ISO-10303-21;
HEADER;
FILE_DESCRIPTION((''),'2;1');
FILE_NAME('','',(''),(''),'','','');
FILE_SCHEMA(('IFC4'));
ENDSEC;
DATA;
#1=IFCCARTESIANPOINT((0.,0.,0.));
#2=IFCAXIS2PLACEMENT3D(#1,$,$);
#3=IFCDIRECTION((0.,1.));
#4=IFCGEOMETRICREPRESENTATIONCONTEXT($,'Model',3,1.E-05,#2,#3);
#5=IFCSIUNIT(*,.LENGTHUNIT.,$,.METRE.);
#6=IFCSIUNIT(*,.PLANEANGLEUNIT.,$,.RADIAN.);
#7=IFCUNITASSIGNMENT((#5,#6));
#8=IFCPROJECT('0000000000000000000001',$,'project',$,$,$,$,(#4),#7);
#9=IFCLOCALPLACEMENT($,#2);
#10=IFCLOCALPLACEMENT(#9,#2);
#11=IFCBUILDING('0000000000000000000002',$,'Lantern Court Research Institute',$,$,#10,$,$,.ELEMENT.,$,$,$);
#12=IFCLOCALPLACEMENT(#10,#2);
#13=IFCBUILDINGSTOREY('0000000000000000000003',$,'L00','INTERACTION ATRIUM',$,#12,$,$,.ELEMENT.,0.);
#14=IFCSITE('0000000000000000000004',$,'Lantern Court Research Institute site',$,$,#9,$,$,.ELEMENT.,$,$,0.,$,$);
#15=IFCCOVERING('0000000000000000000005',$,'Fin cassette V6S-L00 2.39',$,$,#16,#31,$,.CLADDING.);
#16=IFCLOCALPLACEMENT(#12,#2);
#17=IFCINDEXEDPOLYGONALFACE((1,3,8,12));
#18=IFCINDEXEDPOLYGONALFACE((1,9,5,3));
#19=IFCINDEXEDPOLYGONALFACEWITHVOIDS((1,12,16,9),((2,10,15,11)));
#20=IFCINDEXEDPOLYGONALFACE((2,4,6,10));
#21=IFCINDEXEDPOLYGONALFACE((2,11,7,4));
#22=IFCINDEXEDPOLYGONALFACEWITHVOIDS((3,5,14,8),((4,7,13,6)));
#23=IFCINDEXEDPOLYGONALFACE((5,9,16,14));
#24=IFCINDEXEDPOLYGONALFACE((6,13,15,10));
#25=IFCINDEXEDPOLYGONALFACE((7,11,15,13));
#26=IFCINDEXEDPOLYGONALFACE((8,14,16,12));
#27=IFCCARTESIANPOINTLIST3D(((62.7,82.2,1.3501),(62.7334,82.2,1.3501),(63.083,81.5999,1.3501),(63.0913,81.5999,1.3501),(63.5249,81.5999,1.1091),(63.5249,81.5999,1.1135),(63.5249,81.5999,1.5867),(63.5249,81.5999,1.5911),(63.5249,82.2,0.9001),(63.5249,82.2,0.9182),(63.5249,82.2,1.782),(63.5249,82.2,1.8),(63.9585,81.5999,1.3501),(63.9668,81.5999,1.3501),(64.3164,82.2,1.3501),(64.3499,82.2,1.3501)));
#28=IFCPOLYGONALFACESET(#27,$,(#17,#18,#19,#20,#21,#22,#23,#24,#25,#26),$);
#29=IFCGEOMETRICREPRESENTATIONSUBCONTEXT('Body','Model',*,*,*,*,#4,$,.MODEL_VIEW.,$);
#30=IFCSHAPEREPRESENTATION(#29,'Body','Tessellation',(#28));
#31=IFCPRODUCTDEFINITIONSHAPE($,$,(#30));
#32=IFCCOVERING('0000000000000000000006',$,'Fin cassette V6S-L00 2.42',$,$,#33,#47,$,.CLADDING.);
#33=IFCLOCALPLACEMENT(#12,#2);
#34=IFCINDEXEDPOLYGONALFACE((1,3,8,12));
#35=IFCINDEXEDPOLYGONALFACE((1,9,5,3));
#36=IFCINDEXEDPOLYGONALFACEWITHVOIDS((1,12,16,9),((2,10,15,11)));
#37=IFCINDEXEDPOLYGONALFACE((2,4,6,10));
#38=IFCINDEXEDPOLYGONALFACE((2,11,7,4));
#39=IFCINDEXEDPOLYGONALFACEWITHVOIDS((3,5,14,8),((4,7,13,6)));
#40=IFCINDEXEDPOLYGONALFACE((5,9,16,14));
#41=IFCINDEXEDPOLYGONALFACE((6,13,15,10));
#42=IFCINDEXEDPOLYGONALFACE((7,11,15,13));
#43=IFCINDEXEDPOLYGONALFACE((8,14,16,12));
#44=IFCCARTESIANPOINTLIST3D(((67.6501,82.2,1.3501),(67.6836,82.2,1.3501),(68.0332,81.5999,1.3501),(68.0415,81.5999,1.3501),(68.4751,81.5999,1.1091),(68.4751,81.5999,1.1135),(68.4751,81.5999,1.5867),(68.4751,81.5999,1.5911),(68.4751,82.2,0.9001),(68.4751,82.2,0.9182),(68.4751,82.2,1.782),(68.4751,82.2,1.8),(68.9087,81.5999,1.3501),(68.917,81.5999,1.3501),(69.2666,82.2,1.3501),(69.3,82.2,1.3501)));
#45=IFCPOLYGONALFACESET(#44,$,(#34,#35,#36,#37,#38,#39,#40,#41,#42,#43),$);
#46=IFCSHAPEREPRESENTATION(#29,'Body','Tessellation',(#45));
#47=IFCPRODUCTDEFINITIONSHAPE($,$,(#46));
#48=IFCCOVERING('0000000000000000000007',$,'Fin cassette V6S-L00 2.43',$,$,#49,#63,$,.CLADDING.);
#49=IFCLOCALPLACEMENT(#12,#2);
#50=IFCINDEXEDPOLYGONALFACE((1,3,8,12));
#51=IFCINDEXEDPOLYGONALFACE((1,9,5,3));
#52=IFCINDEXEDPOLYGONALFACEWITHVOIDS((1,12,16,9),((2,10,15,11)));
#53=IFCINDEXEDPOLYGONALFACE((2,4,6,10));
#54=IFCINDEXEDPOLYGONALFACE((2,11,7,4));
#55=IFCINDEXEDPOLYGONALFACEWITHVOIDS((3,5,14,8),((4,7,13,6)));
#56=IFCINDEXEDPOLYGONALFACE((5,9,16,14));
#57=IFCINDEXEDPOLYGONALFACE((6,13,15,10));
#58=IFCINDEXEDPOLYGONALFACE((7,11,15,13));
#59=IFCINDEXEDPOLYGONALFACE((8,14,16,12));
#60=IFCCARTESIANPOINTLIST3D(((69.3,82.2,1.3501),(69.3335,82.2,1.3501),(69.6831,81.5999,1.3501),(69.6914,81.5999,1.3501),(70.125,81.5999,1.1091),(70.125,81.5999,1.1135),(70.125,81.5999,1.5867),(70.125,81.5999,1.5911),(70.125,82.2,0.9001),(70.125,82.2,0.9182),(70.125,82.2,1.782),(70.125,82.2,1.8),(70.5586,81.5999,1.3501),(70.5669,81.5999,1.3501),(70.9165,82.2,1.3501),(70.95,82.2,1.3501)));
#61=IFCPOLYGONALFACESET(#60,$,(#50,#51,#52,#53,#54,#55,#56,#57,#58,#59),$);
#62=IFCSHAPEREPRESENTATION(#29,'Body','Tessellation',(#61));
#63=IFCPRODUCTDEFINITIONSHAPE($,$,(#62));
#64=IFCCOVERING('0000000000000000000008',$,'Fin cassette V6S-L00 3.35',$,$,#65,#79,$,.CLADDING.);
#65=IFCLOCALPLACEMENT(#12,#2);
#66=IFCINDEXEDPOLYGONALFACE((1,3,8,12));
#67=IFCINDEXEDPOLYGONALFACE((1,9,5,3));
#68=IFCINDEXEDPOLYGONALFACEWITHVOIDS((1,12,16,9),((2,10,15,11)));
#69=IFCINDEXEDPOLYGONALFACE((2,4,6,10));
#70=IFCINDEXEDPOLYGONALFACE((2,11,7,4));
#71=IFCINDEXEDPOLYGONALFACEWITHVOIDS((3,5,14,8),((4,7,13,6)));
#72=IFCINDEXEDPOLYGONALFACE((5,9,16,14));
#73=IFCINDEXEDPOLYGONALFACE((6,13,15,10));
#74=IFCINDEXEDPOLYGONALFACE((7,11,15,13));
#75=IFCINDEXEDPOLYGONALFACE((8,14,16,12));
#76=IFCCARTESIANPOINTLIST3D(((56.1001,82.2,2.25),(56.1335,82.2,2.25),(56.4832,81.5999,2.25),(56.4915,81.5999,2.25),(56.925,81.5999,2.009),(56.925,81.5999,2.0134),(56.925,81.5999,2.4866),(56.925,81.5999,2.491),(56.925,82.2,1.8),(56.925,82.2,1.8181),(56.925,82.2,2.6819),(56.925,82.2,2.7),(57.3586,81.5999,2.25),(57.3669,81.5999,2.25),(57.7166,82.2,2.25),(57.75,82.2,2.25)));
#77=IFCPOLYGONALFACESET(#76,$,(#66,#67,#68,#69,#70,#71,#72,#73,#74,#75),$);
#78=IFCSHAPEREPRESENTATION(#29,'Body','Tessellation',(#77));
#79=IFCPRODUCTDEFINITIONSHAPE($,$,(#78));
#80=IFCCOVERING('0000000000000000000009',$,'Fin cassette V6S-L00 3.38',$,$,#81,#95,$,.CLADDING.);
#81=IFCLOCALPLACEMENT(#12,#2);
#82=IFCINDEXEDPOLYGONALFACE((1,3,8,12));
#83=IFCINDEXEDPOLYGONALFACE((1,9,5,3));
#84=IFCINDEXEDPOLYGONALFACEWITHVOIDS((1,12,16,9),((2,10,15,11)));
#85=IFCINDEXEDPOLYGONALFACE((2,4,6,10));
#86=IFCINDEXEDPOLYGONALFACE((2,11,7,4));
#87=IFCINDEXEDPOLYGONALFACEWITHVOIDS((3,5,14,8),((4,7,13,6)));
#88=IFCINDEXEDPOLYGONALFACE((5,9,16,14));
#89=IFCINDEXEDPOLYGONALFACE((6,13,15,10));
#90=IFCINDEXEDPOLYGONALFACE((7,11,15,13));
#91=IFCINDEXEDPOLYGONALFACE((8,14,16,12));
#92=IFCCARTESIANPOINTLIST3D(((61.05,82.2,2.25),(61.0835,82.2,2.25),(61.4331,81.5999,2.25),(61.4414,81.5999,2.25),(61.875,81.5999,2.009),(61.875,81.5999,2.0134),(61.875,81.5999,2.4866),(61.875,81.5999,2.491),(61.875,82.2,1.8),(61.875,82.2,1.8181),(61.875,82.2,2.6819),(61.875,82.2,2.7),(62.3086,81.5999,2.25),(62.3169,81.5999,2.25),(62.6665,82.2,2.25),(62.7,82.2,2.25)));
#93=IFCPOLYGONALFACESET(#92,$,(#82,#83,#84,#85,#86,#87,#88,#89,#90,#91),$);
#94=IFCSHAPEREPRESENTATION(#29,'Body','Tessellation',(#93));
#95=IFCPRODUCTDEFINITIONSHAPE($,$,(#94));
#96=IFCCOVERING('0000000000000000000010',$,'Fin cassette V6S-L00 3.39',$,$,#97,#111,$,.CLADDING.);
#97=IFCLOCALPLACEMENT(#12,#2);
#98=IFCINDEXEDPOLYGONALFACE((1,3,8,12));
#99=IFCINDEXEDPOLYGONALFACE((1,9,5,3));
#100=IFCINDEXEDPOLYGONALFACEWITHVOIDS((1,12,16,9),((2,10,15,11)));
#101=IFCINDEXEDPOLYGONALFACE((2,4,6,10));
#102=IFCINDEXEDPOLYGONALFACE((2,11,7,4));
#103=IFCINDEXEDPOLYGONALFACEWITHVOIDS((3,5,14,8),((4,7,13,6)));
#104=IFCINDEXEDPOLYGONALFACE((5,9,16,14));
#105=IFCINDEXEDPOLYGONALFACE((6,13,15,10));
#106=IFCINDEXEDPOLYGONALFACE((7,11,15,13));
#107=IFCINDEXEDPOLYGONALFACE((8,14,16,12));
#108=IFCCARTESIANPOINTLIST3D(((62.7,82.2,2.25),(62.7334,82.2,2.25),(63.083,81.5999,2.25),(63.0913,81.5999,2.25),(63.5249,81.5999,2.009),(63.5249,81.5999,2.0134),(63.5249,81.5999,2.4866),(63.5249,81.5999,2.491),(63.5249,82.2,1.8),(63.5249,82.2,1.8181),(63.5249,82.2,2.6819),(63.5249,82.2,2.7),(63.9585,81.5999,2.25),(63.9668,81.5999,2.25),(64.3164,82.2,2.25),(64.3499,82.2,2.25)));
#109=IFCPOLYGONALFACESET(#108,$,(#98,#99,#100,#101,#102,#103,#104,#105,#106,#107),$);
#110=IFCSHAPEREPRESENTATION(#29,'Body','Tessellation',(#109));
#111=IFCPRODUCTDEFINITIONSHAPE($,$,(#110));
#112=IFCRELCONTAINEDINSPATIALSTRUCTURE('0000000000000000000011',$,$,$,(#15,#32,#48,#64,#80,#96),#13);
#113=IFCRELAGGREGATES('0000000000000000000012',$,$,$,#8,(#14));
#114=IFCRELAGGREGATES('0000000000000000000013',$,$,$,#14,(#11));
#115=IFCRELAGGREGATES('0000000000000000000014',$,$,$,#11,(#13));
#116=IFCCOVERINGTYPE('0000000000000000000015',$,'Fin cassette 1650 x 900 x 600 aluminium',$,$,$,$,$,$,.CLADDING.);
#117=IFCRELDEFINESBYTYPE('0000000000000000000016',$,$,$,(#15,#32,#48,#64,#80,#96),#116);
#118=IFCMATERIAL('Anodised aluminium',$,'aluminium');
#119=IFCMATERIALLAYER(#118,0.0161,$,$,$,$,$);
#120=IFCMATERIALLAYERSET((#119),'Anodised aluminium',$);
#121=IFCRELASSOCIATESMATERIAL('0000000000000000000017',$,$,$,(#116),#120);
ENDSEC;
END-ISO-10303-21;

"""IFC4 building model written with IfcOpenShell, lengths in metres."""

from ifc_helpers import new_model, entity, si_unit, direction, frame, origin, place, context, subcontext, project, spatial, material, layer, layer_set, type_object, element, save


model = new_model("IFC4")

# Units and contexts
model_context = context("Model", 3, precision=1e-05, world=origin(), true_north=direction((0.0, 1.0)))
body_context = subcontext(model_context, "Body", "Model", "MODEL_VIEW")
ifc_project = project(units=[si_unit("LENGTHUNIT", "METRE"), si_unit("PLANEANGLEUNIT", "RADIAN")], contexts=[model_context])

# Site, building, storey
site_placement = place(None, origin())
site = spatial("IfcSite", under=ifc_project, at=site_placement, Name="Lantern Court Research Institute site", CompositionType="ELEMENT", RefElevation=0.0)
building_placement = place(site_placement, origin())
building = spatial("IfcBuilding", under=site, at=building_placement, Name="Lantern Court Research Institute", CompositionType="ELEMENT")
storey_placement = place(building_placement, origin())
storey = spatial("IfcBuildingStorey", under=building, at=storey_placement, Name="L00", Description="INTERACTION ATRIUM", CompositionType="ELEMENT", Elevation=0.0)

# Coverings
ifc_material_1 = material(Name="Anodised aluminium", Category="aluminium")
ifc_layer_1 = layer(ifc_material_1, 0.0161)
ifc_layer_set_1 = layer_set([ifc_layer_1], Name="Anodised aluminium")
covering_type_1 = type_object("IfcCoveringType", Name="Fin cassette 1650 x 900 x 600 aluminium", PredefinedType="CLADDING", material=ifc_layer_set_1)
covering_1_placement = place(storey_placement, frame((63.5249, 82.2, 1.3501), z_axis=(0.0, -1.0, 0.0), x_axis=(1.0, 0.0, 0.0)))
cartesian_point_1 = entity("IfcCartesianPoint", [0.825, 0.0])
cartesian_point_2 = entity("IfcCartesianPoint", [0.7915, 0.0])
cartesian_point_3 = entity("IfcCartesianPoint", [0.4419, 0.0])
cartesian_point_4 = entity("IfcCartesianPoint", [0.4336, 0.0])
element("IfcCovering", 1, at=covering_1_placement, inside=storey, type_object=covering_type_1, Name="Fin cassette V6S-L00 2.39", PredefinedType="CLADDING", context=body_context, shape_type="SweptSolid", body=[
    entity("IfcExtrudedAreaSolidTapered", entity("IfcArbitraryProfileDefWithVoids", "AREA", None, entity("IfcPolyline", [cartesian_point_1, entity("IfcCartesianPoint", [0.0, 0.45]), entity("IfcCartesianPoint", [-0.825, 0.0]), entity("IfcCartesianPoint", [0.0, -0.45]), cartesian_point_1]), [entity("IfcPolyline", [cartesian_point_2, entity("IfcCartesianPoint", [0.0, 0.4319]), entity("IfcCartesianPoint", [-0.7915, 0.0]), entity("IfcCartesianPoint", [0.0, -0.4319]), cartesian_point_2])]), entity("IfcAxis2Placement3D", entity("IfcCartesianPoint", [0.0, 0.0, 0.0])), entity("IfcDirection", [0.0, 0.0, 1.0]), 0.6001, entity("IfcArbitraryProfileDefWithVoids", "AREA", None, entity("IfcPolyline", [cartesian_point_3, entity("IfcCartesianPoint", [0.0, 0.241]), entity("IfcCartesianPoint", [-0.4419, 0.0]), entity("IfcCartesianPoint", [0.0, -0.241]), cartesian_point_3]), [entity("IfcPolyline", [cartesian_point_4, entity("IfcCartesianPoint", [0.0, 0.2366]), entity("IfcCartesianPoint", [-0.4336, 0.0]), entity("IfcCartesianPoint", [0.0, -0.2366]), cartesian_point_4])])),
])
covering_2_placement = place(storey_placement, frame((68.4751, 82.2, 1.3501), z_axis=(0.0, -1.0, 0.0), x_axis=(1.0, 0.0, 0.0)))
cartesian_point_5 = entity("IfcCartesianPoint", [0.825, 0.0])
cartesian_point_6 = entity("IfcCartesianPoint", [0.7915, 0.0])
cartesian_point_7 = entity("IfcCartesianPoint", [0.4419, 0.0])
cartesian_point_8 = entity("IfcCartesianPoint", [0.4336, 0.0])
element("IfcCovering", 2, at=covering_2_placement, inside=storey, type_object=covering_type_1, Name="Fin cassette V6S-L00 2.42", PredefinedType="CLADDING", context=body_context, shape_type="SweptSolid", body=[
    entity("IfcExtrudedAreaSolidTapered", entity("IfcArbitraryProfileDefWithVoids", "AREA", None, entity("IfcPolyline", [cartesian_point_5, entity("IfcCartesianPoint", [0.0, 0.45]), entity("IfcCartesianPoint", [-0.825, 0.0]), entity("IfcCartesianPoint", [0.0, -0.45]), cartesian_point_5]), [entity("IfcPolyline", [cartesian_point_6, entity("IfcCartesianPoint", [0.0, 0.4319]), entity("IfcCartesianPoint", [-0.7915, 0.0]), entity("IfcCartesianPoint", [0.0, -0.4319]), cartesian_point_6])]), entity("IfcAxis2Placement3D", entity("IfcCartesianPoint", [0.0, 0.0, 0.0])), entity("IfcDirection", [0.0, 0.0, 1.0]), 0.6001, entity("IfcArbitraryProfileDefWithVoids", "AREA", None, entity("IfcPolyline", [cartesian_point_7, entity("IfcCartesianPoint", [0.0, 0.241]), entity("IfcCartesianPoint", [-0.4419, 0.0]), entity("IfcCartesianPoint", [0.0, -0.241]), cartesian_point_7]), [entity("IfcPolyline", [cartesian_point_8, entity("IfcCartesianPoint", [0.0, 0.2366]), entity("IfcCartesianPoint", [-0.4336, 0.0]), entity("IfcCartesianPoint", [0.0, -0.2366]), cartesian_point_8])])),
])
covering_3_placement = place(storey_placement, frame((70.125, 82.2, 1.3501), z_axis=(0.0, -1.0, 0.0), x_axis=(1.0, 0.0, 0.0)))
cartesian_point_9 = entity("IfcCartesianPoint", [0.825, 0.0])
cartesian_point_10 = entity("IfcCartesianPoint", [0.7915, 0.0])
cartesian_point_11 = entity("IfcCartesianPoint", [0.4419, 0.0])
cartesian_point_12 = entity("IfcCartesianPoint", [0.4336, 0.0])
element("IfcCovering", 3, at=covering_3_placement, inside=storey, type_object=covering_type_1, Name="Fin cassette V6S-L00 2.43", PredefinedType="CLADDING", context=body_context, shape_type="SweptSolid", body=[
    entity("IfcExtrudedAreaSolidTapered", entity("IfcArbitraryProfileDefWithVoids", "AREA", None, entity("IfcPolyline", [cartesian_point_9, entity("IfcCartesianPoint", [0.0, 0.45]), entity("IfcCartesianPoint", [-0.825, 0.0]), entity("IfcCartesianPoint", [0.0, -0.45]), cartesian_point_9]), [entity("IfcPolyline", [cartesian_point_10, entity("IfcCartesianPoint", [0.0, 0.4319]), entity("IfcCartesianPoint", [-0.7915, 0.0]), entity("IfcCartesianPoint", [0.0, -0.4319]), cartesian_point_10])]), entity("IfcAxis2Placement3D", entity("IfcCartesianPoint", [0.0, 0.0, 0.0])), entity("IfcDirection", [0.0, 0.0, 1.0]), 0.6001, entity("IfcArbitraryProfileDefWithVoids", "AREA", None, entity("IfcPolyline", [cartesian_point_11, entity("IfcCartesianPoint", [0.0, 0.241]), entity("IfcCartesianPoint", [-0.4419, 0.0]), entity("IfcCartesianPoint", [0.0, -0.241]), cartesian_point_11]), [entity("IfcPolyline", [cartesian_point_12, entity("IfcCartesianPoint", [0.0, 0.2366]), entity("IfcCartesianPoint", [-0.4336, 0.0]), entity("IfcCartesianPoint", [0.0, -0.2366]), cartesian_point_12])])),
])
covering_4_placement = place(storey_placement, frame((56.925, 82.2, 2.25), z_axis=(0.0, -1.0, 0.0), x_axis=(1.0, 0.0, 0.0)))
cartesian_point_13 = entity("IfcCartesianPoint", [0.825, 0.0])
cartesian_point_14 = entity("IfcCartesianPoint", [0.7915, 0.0])
cartesian_point_15 = entity("IfcCartesianPoint", [0.4419, 0.0])
cartesian_point_16 = entity("IfcCartesianPoint", [0.4336, 0.0])
element("IfcCovering", 4, at=covering_4_placement, inside=storey, type_object=covering_type_1, Name="Fin cassette V6S-L00 3.35", PredefinedType="CLADDING", context=body_context, shape_type="SweptSolid", body=[
    entity("IfcExtrudedAreaSolidTapered", entity("IfcArbitraryProfileDefWithVoids", "AREA", None, entity("IfcPolyline", [cartesian_point_13, entity("IfcCartesianPoint", [0.0, 0.45]), entity("IfcCartesianPoint", [-0.825, 0.0]), entity("IfcCartesianPoint", [0.0, -0.45]), cartesian_point_13]), [entity("IfcPolyline", [cartesian_point_14, entity("IfcCartesianPoint", [0.0, 0.4319]), entity("IfcCartesianPoint", [-0.7915, 0.0]), entity("IfcCartesianPoint", [0.0, -0.4319]), cartesian_point_14])]), entity("IfcAxis2Placement3D", entity("IfcCartesianPoint", [0.0, 0.0, 0.0])), entity("IfcDirection", [0.0, 0.0, 1.0]), 0.6001, entity("IfcArbitraryProfileDefWithVoids", "AREA", None, entity("IfcPolyline", [cartesian_point_15, entity("IfcCartesianPoint", [0.0, 0.241]), entity("IfcCartesianPoint", [-0.4419, 0.0]), entity("IfcCartesianPoint", [0.0, -0.241]), cartesian_point_15]), [entity("IfcPolyline", [cartesian_point_16, entity("IfcCartesianPoint", [0.0, 0.2366]), entity("IfcCartesianPoint", [-0.4336, 0.0]), entity("IfcCartesianPoint", [0.0, -0.2366]), cartesian_point_16])])),
])
covering_5_placement = place(storey_placement, frame((61.875, 82.2, 2.25), z_axis=(0.0, -1.0, 0.0), x_axis=(1.0, 0.0, 0.0)))
cartesian_point_17 = entity("IfcCartesianPoint", [0.825, 0.0])
cartesian_point_18 = entity("IfcCartesianPoint", [0.7915, 0.0])
cartesian_point_19 = entity("IfcCartesianPoint", [0.4419, 0.0])
cartesian_point_20 = entity("IfcCartesianPoint", [0.4336, 0.0])
element("IfcCovering", 5, at=covering_5_placement, inside=storey, type_object=covering_type_1, Name="Fin cassette V6S-L00 3.38", PredefinedType="CLADDING", context=body_context, shape_type="SweptSolid", body=[
    entity("IfcExtrudedAreaSolidTapered", entity("IfcArbitraryProfileDefWithVoids", "AREA", None, entity("IfcPolyline", [cartesian_point_17, entity("IfcCartesianPoint", [0.0, 0.45]), entity("IfcCartesianPoint", [-0.825, 0.0]), entity("IfcCartesianPoint", [0.0, -0.45]), cartesian_point_17]), [entity("IfcPolyline", [cartesian_point_18, entity("IfcCartesianPoint", [0.0, 0.4319]), entity("IfcCartesianPoint", [-0.7915, 0.0]), entity("IfcCartesianPoint", [0.0, -0.4319]), cartesian_point_18])]), entity("IfcAxis2Placement3D", entity("IfcCartesianPoint", [0.0, 0.0, 0.0])), entity("IfcDirection", [0.0, 0.0, 1.0]), 0.6001, entity("IfcArbitraryProfileDefWithVoids", "AREA", None, entity("IfcPolyline", [cartesian_point_19, entity("IfcCartesianPoint", [0.0, 0.241]), entity("IfcCartesianPoint", [-0.4419, 0.0]), entity("IfcCartesianPoint", [0.0, -0.241]), cartesian_point_19]), [entity("IfcPolyline", [cartesian_point_20, entity("IfcCartesianPoint", [0.0, 0.2366]), entity("IfcCartesianPoint", [-0.4336, 0.0]), entity("IfcCartesianPoint", [0.0, -0.2366]), cartesian_point_20])])),
])
covering_6_placement = place(storey_placement, frame((63.5249, 82.2, 2.25), z_axis=(0.0, -1.0, 0.0), x_axis=(1.0, 0.0, 0.0)))
cartesian_point_21 = entity("IfcCartesianPoint", [0.825, 0.0])
cartesian_point_22 = entity("IfcCartesianPoint", [0.7915, 0.0])
cartesian_point_23 = entity("IfcCartesianPoint", [0.4419, 0.0])
cartesian_point_24 = entity("IfcCartesianPoint", [0.4336, 0.0])
element("IfcCovering", 6, at=covering_6_placement, inside=storey, type_object=covering_type_1, Name="Fin cassette V6S-L00 3.39", PredefinedType="CLADDING", context=body_context, shape_type="SweptSolid", body=[
    entity("IfcExtrudedAreaSolidTapered", entity("IfcArbitraryProfileDefWithVoids", "AREA", None, entity("IfcPolyline", [cartesian_point_21, entity("IfcCartesianPoint", [0.0, 0.45]), entity("IfcCartesianPoint", [-0.825, 0.0]), entity("IfcCartesianPoint", [0.0, -0.45]), cartesian_point_21]), [entity("IfcPolyline", [cartesian_point_22, entity("IfcCartesianPoint", [0.0, 0.4319]), entity("IfcCartesianPoint", [-0.7915, 0.0]), entity("IfcCartesianPoint", [0.0, -0.4319]), cartesian_point_22])]), entity("IfcAxis2Placement3D", entity("IfcCartesianPoint", [0.0, 0.0, 0.0])), entity("IfcDirection", [0.0, 0.0, 1.0]), 0.6001, entity("IfcArbitraryProfileDefWithVoids", "AREA", None, entity("IfcPolyline", [cartesian_point_23, entity("IfcCartesianPoint", [0.0, 0.241]), entity("IfcCartesianPoint", [-0.4419, 0.0]), entity("IfcCartesianPoint", [0.0, -0.241]), cartesian_point_23]), [entity("IfcPolyline", [cartesian_point_24, entity("IfcCartesianPoint", [0.0, 0.2366]), entity("IfcCartesianPoint", [-0.4336, 0.0]), entity("IfcCartesianPoint", [0.0, -0.2366]), cartesian_point_24])])),
])

save(model, "model.ifc")
